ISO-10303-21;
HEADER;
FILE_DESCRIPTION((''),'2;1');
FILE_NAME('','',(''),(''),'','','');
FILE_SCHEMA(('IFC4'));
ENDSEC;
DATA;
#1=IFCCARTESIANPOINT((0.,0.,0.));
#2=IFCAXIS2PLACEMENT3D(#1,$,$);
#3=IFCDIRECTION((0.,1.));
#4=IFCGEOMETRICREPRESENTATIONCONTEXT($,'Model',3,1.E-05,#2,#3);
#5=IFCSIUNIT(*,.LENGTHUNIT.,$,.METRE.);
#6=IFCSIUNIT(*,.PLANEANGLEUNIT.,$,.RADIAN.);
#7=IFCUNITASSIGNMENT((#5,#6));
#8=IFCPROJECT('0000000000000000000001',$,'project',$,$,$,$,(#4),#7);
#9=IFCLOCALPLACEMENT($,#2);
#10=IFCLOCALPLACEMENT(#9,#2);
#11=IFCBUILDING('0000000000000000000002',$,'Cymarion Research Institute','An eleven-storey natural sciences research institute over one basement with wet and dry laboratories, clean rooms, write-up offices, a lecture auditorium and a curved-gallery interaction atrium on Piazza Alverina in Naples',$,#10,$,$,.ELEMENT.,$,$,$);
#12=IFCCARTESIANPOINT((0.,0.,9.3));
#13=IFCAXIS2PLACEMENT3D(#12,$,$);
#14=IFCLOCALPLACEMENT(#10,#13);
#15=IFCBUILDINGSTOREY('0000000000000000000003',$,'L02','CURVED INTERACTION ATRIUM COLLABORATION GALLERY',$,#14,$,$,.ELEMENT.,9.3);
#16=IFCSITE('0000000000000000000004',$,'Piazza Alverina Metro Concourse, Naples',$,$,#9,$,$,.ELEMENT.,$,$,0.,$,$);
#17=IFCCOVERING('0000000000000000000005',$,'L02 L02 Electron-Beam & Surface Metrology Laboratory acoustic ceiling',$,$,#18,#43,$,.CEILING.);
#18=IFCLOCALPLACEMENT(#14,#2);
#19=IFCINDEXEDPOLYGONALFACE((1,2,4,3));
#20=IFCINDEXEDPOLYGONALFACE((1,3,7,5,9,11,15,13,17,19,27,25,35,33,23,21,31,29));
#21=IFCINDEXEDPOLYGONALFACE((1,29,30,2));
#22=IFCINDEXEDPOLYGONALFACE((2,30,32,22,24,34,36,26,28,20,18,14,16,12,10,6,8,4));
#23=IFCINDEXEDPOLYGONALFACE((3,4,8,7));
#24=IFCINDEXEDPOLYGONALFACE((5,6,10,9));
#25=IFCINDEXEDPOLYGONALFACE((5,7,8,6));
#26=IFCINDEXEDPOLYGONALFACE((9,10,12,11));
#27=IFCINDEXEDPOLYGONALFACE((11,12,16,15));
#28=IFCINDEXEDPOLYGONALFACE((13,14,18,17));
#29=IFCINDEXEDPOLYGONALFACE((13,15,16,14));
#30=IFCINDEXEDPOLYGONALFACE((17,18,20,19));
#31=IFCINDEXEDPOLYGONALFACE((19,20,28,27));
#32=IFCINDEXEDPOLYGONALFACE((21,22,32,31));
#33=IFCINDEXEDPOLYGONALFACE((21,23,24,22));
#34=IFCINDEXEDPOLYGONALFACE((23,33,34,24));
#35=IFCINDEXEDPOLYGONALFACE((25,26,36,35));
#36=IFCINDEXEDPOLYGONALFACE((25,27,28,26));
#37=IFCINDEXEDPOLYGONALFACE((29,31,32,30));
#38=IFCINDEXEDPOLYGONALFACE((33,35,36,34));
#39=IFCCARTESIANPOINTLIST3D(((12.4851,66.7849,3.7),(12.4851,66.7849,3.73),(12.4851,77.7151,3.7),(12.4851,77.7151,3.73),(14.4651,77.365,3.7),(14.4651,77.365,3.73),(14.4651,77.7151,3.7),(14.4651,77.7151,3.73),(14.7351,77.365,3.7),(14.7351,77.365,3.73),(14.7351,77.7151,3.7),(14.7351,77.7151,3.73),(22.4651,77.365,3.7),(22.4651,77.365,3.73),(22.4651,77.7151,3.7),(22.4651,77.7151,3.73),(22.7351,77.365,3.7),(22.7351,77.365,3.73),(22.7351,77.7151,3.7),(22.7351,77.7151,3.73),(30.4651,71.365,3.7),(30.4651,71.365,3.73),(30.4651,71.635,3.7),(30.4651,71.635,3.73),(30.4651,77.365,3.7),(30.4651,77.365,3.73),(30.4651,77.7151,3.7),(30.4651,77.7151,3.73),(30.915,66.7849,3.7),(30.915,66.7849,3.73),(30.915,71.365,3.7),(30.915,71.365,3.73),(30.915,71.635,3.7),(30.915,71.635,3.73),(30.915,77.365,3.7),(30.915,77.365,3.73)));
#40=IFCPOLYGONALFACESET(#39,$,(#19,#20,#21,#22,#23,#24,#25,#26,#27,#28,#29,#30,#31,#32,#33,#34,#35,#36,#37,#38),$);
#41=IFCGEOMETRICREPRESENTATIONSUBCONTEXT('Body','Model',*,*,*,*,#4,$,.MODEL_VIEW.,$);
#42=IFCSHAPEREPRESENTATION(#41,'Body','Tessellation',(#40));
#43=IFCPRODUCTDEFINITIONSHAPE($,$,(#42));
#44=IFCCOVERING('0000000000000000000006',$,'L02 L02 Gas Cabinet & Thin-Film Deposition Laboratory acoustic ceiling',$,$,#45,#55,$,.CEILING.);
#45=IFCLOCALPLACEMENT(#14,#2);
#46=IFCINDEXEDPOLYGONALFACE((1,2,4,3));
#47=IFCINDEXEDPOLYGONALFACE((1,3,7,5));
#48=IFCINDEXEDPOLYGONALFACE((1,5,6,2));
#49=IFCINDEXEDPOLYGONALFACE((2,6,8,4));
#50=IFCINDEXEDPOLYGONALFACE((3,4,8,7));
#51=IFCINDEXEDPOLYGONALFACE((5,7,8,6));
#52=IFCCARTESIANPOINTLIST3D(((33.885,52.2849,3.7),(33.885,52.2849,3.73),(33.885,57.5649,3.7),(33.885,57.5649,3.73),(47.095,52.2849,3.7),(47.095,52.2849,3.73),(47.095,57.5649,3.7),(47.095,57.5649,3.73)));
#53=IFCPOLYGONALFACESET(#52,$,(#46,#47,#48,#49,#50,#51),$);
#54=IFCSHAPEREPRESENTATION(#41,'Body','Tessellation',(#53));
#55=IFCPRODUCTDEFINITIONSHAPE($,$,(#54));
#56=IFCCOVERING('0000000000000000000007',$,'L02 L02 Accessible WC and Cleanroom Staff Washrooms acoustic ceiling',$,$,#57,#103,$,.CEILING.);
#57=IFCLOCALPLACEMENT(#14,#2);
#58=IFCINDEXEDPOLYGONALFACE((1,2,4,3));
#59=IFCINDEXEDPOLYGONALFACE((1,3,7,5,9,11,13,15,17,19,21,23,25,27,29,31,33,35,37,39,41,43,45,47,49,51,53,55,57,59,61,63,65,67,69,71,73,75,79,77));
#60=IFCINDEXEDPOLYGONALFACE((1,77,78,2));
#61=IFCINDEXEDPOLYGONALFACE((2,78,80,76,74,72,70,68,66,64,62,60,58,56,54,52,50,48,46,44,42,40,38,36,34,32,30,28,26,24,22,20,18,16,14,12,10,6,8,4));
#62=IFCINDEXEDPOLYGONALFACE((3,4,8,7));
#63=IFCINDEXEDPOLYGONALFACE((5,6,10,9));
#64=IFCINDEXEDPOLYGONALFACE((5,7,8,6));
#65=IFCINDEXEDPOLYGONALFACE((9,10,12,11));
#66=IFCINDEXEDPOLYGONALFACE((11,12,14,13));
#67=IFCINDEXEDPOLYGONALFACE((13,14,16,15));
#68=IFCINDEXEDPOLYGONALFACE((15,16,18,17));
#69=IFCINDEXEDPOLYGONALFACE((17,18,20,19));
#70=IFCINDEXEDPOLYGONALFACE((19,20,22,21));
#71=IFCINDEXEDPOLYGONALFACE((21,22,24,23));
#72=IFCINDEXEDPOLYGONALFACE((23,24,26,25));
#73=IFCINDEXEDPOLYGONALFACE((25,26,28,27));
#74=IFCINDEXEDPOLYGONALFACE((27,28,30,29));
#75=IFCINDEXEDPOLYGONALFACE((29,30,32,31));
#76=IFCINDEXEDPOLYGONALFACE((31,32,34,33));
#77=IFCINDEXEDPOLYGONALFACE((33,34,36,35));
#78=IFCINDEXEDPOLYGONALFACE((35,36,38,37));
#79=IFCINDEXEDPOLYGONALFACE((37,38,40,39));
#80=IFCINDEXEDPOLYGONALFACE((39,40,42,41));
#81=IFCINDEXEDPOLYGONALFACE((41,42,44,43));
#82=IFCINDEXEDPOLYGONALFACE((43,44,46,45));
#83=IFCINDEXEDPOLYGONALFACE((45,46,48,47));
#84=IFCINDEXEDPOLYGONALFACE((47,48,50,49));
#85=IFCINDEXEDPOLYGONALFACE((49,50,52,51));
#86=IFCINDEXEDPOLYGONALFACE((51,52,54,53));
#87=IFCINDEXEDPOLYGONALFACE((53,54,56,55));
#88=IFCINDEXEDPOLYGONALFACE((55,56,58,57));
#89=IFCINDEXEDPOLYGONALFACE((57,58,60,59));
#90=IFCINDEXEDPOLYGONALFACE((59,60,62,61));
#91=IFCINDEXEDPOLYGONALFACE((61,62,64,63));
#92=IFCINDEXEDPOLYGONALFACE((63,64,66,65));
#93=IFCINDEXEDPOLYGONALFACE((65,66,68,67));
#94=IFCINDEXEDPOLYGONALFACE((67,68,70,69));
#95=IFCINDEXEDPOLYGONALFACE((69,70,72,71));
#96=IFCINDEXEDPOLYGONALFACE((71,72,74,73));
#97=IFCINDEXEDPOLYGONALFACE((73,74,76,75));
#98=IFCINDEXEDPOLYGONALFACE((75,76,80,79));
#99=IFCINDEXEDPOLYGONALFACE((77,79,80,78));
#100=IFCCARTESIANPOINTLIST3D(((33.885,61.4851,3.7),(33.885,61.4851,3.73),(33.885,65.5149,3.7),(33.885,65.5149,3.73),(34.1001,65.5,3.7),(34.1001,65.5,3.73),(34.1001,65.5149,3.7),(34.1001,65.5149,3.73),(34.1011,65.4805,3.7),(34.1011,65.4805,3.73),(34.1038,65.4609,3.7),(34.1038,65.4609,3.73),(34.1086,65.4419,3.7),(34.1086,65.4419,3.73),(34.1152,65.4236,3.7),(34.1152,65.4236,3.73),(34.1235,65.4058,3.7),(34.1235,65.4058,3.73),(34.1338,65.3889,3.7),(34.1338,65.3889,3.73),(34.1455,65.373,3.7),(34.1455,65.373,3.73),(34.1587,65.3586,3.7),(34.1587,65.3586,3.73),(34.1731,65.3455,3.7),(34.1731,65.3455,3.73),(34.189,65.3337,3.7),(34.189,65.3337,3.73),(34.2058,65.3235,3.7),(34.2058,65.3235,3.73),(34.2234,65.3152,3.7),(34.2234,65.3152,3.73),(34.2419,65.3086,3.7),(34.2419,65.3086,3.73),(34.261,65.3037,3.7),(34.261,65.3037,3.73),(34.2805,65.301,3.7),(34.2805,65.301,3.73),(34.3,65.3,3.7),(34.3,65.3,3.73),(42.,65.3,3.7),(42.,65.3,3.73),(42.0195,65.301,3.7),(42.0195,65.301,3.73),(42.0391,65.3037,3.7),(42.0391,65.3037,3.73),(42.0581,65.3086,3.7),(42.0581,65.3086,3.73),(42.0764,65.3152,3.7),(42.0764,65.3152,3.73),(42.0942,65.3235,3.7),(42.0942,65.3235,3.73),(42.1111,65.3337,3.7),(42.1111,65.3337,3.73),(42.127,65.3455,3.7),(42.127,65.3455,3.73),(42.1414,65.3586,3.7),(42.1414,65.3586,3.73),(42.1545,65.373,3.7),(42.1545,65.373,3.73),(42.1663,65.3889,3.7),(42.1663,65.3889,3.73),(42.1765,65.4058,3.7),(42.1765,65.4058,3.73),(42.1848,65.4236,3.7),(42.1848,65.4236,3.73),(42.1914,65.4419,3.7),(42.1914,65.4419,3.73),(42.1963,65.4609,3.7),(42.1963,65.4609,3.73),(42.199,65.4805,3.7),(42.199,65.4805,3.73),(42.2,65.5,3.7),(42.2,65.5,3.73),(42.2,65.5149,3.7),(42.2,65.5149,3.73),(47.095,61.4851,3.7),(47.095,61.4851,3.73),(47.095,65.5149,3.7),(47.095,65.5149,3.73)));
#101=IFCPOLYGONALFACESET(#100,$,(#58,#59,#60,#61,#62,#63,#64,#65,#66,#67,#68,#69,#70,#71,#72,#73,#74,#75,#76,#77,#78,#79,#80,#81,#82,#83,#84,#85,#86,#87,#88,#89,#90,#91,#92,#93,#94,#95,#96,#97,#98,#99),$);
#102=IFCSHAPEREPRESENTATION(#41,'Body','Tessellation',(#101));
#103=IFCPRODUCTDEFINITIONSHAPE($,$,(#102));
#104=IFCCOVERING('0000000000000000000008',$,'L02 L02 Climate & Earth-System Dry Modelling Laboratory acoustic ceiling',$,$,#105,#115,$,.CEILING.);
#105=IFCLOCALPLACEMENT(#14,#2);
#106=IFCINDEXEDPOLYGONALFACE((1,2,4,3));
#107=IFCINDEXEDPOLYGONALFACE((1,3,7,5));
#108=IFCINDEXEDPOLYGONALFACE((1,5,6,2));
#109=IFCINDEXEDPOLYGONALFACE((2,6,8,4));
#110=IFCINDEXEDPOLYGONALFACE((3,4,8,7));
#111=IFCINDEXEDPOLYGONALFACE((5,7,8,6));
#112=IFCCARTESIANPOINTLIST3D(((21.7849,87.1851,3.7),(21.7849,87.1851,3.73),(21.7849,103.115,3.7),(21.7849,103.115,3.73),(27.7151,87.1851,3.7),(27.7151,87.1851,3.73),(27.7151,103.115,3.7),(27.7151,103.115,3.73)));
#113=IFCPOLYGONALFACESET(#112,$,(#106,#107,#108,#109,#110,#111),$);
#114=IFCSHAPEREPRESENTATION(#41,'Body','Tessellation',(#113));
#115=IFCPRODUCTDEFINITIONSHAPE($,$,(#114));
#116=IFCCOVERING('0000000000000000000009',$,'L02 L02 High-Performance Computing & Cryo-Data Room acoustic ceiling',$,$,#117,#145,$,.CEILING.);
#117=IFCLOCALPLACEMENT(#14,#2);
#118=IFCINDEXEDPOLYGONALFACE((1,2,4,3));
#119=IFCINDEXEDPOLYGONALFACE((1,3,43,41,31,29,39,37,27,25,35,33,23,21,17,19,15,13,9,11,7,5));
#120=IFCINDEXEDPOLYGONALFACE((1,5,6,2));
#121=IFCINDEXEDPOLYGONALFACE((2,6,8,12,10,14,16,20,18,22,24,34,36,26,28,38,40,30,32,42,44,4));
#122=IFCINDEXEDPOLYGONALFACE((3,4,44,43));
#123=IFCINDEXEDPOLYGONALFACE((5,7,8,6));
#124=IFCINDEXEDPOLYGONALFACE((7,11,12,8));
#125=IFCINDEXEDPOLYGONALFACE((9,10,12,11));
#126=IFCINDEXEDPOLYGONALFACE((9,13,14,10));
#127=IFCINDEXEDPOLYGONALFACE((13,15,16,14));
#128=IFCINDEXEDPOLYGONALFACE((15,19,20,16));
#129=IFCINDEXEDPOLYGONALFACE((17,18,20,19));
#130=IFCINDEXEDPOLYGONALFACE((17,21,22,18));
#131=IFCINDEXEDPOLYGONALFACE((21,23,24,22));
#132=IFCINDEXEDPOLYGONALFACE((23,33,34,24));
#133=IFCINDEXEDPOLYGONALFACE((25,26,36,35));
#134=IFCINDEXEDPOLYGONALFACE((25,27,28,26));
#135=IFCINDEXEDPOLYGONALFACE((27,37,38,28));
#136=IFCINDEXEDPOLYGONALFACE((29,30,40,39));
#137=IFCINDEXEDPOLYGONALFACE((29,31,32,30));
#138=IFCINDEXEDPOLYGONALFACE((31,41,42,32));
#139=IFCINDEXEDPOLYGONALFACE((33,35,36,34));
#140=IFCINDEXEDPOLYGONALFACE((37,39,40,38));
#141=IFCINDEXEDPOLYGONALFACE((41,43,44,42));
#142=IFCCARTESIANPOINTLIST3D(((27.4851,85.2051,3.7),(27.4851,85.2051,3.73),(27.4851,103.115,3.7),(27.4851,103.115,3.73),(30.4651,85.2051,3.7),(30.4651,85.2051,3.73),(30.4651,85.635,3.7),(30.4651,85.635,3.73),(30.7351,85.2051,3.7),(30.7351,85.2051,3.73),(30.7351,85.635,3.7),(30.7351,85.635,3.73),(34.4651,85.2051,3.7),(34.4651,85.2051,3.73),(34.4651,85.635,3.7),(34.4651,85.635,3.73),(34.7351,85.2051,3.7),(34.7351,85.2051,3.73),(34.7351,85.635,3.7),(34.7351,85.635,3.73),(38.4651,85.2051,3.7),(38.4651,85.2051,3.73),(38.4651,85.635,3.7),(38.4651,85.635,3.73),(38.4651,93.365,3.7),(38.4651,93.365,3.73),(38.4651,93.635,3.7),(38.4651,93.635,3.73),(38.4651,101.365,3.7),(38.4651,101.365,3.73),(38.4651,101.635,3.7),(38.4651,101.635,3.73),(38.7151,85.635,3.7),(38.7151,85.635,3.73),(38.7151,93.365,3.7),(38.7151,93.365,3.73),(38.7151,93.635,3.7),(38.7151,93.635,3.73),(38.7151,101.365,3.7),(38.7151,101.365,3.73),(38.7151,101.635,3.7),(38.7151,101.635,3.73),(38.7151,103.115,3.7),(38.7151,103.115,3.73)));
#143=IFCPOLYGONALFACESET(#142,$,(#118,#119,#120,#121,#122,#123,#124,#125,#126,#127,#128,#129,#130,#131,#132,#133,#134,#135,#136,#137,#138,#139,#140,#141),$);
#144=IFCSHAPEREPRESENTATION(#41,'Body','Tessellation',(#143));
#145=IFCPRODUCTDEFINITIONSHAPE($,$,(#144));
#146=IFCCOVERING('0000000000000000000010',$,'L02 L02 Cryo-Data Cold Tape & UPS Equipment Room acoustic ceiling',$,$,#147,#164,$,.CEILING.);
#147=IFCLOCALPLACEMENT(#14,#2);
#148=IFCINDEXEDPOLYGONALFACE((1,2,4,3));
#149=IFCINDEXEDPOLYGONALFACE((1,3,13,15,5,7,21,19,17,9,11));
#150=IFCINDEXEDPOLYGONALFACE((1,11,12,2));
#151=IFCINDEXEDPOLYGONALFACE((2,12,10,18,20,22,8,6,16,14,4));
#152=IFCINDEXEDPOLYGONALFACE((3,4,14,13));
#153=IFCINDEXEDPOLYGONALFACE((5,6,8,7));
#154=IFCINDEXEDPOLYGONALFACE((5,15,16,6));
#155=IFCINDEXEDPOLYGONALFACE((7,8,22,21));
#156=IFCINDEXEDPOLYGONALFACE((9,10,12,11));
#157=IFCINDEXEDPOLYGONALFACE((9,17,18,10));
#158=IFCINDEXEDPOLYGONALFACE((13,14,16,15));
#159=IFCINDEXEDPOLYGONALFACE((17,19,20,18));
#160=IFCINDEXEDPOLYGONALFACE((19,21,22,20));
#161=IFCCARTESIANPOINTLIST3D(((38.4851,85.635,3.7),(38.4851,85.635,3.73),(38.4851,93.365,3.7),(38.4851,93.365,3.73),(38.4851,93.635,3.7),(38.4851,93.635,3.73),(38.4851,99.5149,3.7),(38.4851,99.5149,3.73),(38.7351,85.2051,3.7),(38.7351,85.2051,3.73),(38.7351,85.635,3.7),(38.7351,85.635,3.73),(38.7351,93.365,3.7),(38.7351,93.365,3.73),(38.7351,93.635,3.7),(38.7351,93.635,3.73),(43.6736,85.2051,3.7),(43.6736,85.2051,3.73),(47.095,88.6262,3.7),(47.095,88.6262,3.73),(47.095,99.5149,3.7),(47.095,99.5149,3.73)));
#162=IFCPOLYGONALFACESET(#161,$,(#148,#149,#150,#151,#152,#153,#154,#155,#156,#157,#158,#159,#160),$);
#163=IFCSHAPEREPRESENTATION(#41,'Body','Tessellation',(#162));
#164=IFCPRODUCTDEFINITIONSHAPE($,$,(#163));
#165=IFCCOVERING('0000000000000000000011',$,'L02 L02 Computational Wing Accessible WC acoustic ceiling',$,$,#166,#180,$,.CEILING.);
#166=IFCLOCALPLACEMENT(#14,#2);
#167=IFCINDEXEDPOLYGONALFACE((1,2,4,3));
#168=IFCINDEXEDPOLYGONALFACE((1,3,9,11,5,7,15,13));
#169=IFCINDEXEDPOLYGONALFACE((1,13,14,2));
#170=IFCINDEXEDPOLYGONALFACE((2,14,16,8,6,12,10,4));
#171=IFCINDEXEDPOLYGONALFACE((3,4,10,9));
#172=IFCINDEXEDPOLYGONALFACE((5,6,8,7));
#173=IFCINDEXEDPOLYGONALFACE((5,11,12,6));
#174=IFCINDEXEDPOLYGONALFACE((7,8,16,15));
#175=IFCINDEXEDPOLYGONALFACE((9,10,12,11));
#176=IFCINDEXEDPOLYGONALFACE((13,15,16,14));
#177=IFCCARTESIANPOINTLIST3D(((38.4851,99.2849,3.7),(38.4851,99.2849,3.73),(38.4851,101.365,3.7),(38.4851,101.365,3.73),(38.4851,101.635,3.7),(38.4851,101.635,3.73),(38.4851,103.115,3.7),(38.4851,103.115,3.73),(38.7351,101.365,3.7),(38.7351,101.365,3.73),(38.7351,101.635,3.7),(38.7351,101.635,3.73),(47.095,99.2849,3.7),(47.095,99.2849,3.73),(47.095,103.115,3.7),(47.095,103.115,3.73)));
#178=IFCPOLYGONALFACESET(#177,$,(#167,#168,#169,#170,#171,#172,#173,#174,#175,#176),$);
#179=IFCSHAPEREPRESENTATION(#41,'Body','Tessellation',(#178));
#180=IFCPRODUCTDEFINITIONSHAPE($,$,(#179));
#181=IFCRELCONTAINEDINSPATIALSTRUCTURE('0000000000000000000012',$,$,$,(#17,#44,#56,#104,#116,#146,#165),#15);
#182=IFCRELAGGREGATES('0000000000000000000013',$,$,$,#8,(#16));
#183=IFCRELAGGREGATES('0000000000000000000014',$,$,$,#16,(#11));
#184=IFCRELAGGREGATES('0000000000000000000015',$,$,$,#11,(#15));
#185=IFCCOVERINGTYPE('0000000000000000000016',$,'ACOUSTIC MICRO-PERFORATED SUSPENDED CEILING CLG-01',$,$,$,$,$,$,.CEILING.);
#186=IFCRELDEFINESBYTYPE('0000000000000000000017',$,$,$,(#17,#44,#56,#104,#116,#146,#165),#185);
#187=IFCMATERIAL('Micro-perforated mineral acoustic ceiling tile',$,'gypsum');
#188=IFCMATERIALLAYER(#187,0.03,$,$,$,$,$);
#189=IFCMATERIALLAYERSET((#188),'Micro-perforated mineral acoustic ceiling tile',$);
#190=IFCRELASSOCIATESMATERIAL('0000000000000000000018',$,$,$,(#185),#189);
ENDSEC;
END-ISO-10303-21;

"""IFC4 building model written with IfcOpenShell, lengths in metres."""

from ifc_helpers import new_model, si_unit, direction, frame, origin, place, context, subcontext, project, spatial, polyline, outline, extrude, material, layer, layer_set, type_object, element, save


model = new_model("IFC4")

# Units and contexts
model_context = context("Model", 3, precision=1e-05, world=origin(), true_north=direction((0.0, 1.0)))
body_context = subcontext(model_context, "Body", "Model", "MODEL_VIEW")
ifc_project = project(units=[si_unit("LENGTHUNIT", "METRE"), si_unit("PLANEANGLEUNIT", "RADIAN")], contexts=[model_context])

# Site, building, storey
site_placement = place(None, origin())
site = spatial("IfcSite", under=ifc_project, at=site_placement, Name="Piazza Alverina Metro Concourse, Naples", CompositionType="ELEMENT", RefElevation=0.0)
building_placement = place(site_placement, origin())
building = spatial("IfcBuilding", under=site, at=building_placement, Name="Cymarion Research Institute", Description="An eleven-storey natural sciences research institute over one basement with wet and dry laboratories, clean rooms, write-up offices, a lecture auditorium and a curved-gallery interaction atrium on Piazza Alverina in Naples", CompositionType="ELEMENT")
storey_placement = place(building_placement, frame((0.0, 0.0, 9.3)))
storey = spatial("IfcBuildingStorey", under=building, at=storey_placement, Name="L02", Description="CURVED INTERACTION ATRIUM COLLABORATION GALLERY", CompositionType="ELEMENT", Elevation=9.3)

# Coverings
ifc_material_1 = material(Name="Micro-perforated mineral acoustic ceiling tile", Category="gypsum")
ifc_layer_1 = layer(ifc_material_1, 0.03)
ifc_layer_set_1 = layer_set([ifc_layer_1], Name="Micro-perforated mineral acoustic ceiling tile")
covering_type_1 = type_object("IfcCoveringType", Name="ACOUSTIC MICRO-PERFORATED SUSPENDED CEILING CLG-01", PredefinedType="CEILING", material=ifc_layer_set_1)
covering_1_placement = place(storey_placement, frame((0.0, 0.0, 3.7)))
element("IfcCovering", 1, at=covering_1_placement, inside=storey, type_object=covering_type_1, Name="L02 L02 Electron-Beam & Surface Metrology Laboratory acoustic ceiling", PredefinedType="CEILING", context=body_context, shape_type="SweptSolid", body=[
    extrude(outline(polyline([(14.4651, 77.7151), (14.4651, 77.365), (14.7351, 77.365), (14.7351, 77.7151), (22.4651, 77.7151), (22.4651, 77.365), (22.7351, 77.365), (22.7351, 77.7151), (30.4651, 77.7151), (30.4651, 77.365), (30.915, 77.365), (30.915, 71.635), (30.4651, 71.635), (30.4651, 71.365), (30.915, 71.365), (30.915, 66.7849), (12.4851, 66.7849), (12.4851, 77.7151), (14.4651, 77.7151)])), origin(), (0.0, 0.0, 1.0), 0.03),
])
covering_2_placement = place(storey_placement, frame((0.0, 0.0, 3.7)))
element("IfcCovering", 2, at=covering_2_placement, inside=storey, type_object=covering_type_1, Name="L02 L02 Gas Cabinet & Thin-Film Deposition Laboratory acoustic ceiling", PredefinedType="CEILING", context=body_context, shape_type="SweptSolid", body=[
    extrude(outline(polyline([(47.095, 57.5649), (47.095, 52.2849), (33.885, 52.2849), (33.885, 57.5649), (47.095, 57.5649)])), origin(), (0.0, 0.0, 1.0), 0.03),
])
covering_3_placement = place(storey_placement, frame((0.0, 0.0, 3.7)))
element("IfcCovering", 3, at=covering_3_placement, inside=storey, type_object=covering_type_1, Name="L02 L02 Accessible WC and Cleanroom Staff Washrooms acoustic ceiling", PredefinedType="CEILING", context=body_context, shape_type="SweptSolid", body=[
    extrude(outline(polyline([(34.1001, 65.5149), (34.1001, 65.5), (34.1011, 65.4805), (34.1038, 65.4609), (34.1086, 65.4419), (34.1152, 65.4236), (34.1235, 65.4058), (34.1338, 65.3889), (34.1455, 65.373), (34.1587, 65.3586), (34.1731, 65.3455), (34.189, 65.3337), (34.2058, 65.3235), (34.2234, 65.3152), (34.2419, 65.3086), (34.261, 65.3037), (34.2805, 65.301), (34.3, 65.3), (42.0, 65.3), (42.0195, 65.301), (42.0391, 65.3037), (42.0581, 65.3086), (42.0764, 65.3152), (42.0942, 65.3235), (42.1111, 65.3337), (42.127, 65.3455), (42.1414, 65.3586), (42.1545, 65.373), (42.1663, 65.3889), (42.1765, 65.4058), (42.1848, 65.4236), (42.1914, 65.4419), (42.1963, 65.4609), (42.199, 65.4805), (42.2, 65.5), (42.2, 65.5149), (47.095, 65.5149), (47.095, 61.4851), (33.885, 61.4851), (33.885, 65.5149), (34.1001, 65.5149)])), origin(), (0.0, 0.0, 1.0), 0.03),
])
covering_4_placement = place(storey_placement, frame((0.0, 0.0, 3.7)))
element("IfcCovering", 4, at=covering_4_placement, inside=storey, type_object=covering_type_1, Name="L02 L02 Climate & Earth-System Dry Modelling Laboratory acoustic ceiling", PredefinedType="CEILING", context=body_context, shape_type="SweptSolid", body=[
    extrude(outline(polyline([(27.7151, 103.115), (27.7151, 87.1851), (21.7849, 87.1851), (21.7849, 103.115), (27.7151, 103.115)])), origin(), (0.0, 0.0, 1.0), 0.03),
])
covering_5_placement = place(storey_placement, frame((0.0, 0.0, 3.7)))
element("IfcCovering", 5, at=covering_5_placement, inside=storey, type_object=covering_type_1, Name="L02 L02 High-Performance Computing & Cryo-Data Room acoustic ceiling", PredefinedType="CEILING", context=body_context, shape_type="SweptSolid", body=[
    extrude(outline(polyline([(38.7151, 101.635), (38.4651, 101.635), (38.4651, 101.365), (38.7151, 101.365), (38.7151, 93.635), (38.4651, 93.635), (38.4651, 93.365), (38.7151, 93.365), (38.7151, 85.635), (38.4651, 85.635), (38.4651, 85.2051), (34.7351, 85.2051), (34.7351, 85.635), (34.4651, 85.635), (34.4651, 85.2051), (30.7351, 85.2051), (30.7351, 85.635), (30.4651, 85.635), (30.4651, 85.2051), (27.4851, 85.2051), (27.4851, 103.115), (38.7151, 103.115), (38.7151, 101.635)])), origin(), (0.0, 0.0, 1.0), 0.03),
])
covering_6_placement = place(storey_placement, frame((0.0, 0.0, 3.7)))
element("IfcCovering", 6, at=covering_6_placement, inside=storey, type_object=covering_type_1, Name="L02 L02 Cryo-Data Cold Tape & UPS Equipment Room acoustic ceiling", PredefinedType="CEILING", context=body_context, shape_type="SweptSolid", body=[
    extrude(outline(polyline([(47.095, 88.6262), (43.6736, 85.2051), (38.7351, 85.2051), (38.7351, 85.635), (38.4851, 85.635), (38.4851, 93.365), (38.7351, 93.365), (38.7351, 93.635), (38.4851, 93.635), (38.4851, 99.5149), (47.095, 99.5149), (47.095, 88.6262)])), origin(), (0.0, 0.0, 1.0), 0.03),
])
covering_7_placement = place(storey_placement, frame((0.0, 0.0, 3.7)))
element("IfcCovering", 7, at=covering_7_placement, inside=storey, type_object=covering_type_1, Name="L02 L02 Computational Wing Accessible WC acoustic ceiling", PredefinedType="CEILING", context=body_context, shape_type="SweptSolid", body=[
    extrude(outline(polyline([(38.7351, 101.365), (38.7351, 101.635), (38.4851, 101.635), (38.4851, 103.115), (47.095, 103.115), (47.095, 99.2849), (38.4851, 99.2849), (38.4851, 101.365), (38.7351, 101.365)])), origin(), (0.0, 0.0, 1.0), 0.03),
])

save(model, "model.ifc")
